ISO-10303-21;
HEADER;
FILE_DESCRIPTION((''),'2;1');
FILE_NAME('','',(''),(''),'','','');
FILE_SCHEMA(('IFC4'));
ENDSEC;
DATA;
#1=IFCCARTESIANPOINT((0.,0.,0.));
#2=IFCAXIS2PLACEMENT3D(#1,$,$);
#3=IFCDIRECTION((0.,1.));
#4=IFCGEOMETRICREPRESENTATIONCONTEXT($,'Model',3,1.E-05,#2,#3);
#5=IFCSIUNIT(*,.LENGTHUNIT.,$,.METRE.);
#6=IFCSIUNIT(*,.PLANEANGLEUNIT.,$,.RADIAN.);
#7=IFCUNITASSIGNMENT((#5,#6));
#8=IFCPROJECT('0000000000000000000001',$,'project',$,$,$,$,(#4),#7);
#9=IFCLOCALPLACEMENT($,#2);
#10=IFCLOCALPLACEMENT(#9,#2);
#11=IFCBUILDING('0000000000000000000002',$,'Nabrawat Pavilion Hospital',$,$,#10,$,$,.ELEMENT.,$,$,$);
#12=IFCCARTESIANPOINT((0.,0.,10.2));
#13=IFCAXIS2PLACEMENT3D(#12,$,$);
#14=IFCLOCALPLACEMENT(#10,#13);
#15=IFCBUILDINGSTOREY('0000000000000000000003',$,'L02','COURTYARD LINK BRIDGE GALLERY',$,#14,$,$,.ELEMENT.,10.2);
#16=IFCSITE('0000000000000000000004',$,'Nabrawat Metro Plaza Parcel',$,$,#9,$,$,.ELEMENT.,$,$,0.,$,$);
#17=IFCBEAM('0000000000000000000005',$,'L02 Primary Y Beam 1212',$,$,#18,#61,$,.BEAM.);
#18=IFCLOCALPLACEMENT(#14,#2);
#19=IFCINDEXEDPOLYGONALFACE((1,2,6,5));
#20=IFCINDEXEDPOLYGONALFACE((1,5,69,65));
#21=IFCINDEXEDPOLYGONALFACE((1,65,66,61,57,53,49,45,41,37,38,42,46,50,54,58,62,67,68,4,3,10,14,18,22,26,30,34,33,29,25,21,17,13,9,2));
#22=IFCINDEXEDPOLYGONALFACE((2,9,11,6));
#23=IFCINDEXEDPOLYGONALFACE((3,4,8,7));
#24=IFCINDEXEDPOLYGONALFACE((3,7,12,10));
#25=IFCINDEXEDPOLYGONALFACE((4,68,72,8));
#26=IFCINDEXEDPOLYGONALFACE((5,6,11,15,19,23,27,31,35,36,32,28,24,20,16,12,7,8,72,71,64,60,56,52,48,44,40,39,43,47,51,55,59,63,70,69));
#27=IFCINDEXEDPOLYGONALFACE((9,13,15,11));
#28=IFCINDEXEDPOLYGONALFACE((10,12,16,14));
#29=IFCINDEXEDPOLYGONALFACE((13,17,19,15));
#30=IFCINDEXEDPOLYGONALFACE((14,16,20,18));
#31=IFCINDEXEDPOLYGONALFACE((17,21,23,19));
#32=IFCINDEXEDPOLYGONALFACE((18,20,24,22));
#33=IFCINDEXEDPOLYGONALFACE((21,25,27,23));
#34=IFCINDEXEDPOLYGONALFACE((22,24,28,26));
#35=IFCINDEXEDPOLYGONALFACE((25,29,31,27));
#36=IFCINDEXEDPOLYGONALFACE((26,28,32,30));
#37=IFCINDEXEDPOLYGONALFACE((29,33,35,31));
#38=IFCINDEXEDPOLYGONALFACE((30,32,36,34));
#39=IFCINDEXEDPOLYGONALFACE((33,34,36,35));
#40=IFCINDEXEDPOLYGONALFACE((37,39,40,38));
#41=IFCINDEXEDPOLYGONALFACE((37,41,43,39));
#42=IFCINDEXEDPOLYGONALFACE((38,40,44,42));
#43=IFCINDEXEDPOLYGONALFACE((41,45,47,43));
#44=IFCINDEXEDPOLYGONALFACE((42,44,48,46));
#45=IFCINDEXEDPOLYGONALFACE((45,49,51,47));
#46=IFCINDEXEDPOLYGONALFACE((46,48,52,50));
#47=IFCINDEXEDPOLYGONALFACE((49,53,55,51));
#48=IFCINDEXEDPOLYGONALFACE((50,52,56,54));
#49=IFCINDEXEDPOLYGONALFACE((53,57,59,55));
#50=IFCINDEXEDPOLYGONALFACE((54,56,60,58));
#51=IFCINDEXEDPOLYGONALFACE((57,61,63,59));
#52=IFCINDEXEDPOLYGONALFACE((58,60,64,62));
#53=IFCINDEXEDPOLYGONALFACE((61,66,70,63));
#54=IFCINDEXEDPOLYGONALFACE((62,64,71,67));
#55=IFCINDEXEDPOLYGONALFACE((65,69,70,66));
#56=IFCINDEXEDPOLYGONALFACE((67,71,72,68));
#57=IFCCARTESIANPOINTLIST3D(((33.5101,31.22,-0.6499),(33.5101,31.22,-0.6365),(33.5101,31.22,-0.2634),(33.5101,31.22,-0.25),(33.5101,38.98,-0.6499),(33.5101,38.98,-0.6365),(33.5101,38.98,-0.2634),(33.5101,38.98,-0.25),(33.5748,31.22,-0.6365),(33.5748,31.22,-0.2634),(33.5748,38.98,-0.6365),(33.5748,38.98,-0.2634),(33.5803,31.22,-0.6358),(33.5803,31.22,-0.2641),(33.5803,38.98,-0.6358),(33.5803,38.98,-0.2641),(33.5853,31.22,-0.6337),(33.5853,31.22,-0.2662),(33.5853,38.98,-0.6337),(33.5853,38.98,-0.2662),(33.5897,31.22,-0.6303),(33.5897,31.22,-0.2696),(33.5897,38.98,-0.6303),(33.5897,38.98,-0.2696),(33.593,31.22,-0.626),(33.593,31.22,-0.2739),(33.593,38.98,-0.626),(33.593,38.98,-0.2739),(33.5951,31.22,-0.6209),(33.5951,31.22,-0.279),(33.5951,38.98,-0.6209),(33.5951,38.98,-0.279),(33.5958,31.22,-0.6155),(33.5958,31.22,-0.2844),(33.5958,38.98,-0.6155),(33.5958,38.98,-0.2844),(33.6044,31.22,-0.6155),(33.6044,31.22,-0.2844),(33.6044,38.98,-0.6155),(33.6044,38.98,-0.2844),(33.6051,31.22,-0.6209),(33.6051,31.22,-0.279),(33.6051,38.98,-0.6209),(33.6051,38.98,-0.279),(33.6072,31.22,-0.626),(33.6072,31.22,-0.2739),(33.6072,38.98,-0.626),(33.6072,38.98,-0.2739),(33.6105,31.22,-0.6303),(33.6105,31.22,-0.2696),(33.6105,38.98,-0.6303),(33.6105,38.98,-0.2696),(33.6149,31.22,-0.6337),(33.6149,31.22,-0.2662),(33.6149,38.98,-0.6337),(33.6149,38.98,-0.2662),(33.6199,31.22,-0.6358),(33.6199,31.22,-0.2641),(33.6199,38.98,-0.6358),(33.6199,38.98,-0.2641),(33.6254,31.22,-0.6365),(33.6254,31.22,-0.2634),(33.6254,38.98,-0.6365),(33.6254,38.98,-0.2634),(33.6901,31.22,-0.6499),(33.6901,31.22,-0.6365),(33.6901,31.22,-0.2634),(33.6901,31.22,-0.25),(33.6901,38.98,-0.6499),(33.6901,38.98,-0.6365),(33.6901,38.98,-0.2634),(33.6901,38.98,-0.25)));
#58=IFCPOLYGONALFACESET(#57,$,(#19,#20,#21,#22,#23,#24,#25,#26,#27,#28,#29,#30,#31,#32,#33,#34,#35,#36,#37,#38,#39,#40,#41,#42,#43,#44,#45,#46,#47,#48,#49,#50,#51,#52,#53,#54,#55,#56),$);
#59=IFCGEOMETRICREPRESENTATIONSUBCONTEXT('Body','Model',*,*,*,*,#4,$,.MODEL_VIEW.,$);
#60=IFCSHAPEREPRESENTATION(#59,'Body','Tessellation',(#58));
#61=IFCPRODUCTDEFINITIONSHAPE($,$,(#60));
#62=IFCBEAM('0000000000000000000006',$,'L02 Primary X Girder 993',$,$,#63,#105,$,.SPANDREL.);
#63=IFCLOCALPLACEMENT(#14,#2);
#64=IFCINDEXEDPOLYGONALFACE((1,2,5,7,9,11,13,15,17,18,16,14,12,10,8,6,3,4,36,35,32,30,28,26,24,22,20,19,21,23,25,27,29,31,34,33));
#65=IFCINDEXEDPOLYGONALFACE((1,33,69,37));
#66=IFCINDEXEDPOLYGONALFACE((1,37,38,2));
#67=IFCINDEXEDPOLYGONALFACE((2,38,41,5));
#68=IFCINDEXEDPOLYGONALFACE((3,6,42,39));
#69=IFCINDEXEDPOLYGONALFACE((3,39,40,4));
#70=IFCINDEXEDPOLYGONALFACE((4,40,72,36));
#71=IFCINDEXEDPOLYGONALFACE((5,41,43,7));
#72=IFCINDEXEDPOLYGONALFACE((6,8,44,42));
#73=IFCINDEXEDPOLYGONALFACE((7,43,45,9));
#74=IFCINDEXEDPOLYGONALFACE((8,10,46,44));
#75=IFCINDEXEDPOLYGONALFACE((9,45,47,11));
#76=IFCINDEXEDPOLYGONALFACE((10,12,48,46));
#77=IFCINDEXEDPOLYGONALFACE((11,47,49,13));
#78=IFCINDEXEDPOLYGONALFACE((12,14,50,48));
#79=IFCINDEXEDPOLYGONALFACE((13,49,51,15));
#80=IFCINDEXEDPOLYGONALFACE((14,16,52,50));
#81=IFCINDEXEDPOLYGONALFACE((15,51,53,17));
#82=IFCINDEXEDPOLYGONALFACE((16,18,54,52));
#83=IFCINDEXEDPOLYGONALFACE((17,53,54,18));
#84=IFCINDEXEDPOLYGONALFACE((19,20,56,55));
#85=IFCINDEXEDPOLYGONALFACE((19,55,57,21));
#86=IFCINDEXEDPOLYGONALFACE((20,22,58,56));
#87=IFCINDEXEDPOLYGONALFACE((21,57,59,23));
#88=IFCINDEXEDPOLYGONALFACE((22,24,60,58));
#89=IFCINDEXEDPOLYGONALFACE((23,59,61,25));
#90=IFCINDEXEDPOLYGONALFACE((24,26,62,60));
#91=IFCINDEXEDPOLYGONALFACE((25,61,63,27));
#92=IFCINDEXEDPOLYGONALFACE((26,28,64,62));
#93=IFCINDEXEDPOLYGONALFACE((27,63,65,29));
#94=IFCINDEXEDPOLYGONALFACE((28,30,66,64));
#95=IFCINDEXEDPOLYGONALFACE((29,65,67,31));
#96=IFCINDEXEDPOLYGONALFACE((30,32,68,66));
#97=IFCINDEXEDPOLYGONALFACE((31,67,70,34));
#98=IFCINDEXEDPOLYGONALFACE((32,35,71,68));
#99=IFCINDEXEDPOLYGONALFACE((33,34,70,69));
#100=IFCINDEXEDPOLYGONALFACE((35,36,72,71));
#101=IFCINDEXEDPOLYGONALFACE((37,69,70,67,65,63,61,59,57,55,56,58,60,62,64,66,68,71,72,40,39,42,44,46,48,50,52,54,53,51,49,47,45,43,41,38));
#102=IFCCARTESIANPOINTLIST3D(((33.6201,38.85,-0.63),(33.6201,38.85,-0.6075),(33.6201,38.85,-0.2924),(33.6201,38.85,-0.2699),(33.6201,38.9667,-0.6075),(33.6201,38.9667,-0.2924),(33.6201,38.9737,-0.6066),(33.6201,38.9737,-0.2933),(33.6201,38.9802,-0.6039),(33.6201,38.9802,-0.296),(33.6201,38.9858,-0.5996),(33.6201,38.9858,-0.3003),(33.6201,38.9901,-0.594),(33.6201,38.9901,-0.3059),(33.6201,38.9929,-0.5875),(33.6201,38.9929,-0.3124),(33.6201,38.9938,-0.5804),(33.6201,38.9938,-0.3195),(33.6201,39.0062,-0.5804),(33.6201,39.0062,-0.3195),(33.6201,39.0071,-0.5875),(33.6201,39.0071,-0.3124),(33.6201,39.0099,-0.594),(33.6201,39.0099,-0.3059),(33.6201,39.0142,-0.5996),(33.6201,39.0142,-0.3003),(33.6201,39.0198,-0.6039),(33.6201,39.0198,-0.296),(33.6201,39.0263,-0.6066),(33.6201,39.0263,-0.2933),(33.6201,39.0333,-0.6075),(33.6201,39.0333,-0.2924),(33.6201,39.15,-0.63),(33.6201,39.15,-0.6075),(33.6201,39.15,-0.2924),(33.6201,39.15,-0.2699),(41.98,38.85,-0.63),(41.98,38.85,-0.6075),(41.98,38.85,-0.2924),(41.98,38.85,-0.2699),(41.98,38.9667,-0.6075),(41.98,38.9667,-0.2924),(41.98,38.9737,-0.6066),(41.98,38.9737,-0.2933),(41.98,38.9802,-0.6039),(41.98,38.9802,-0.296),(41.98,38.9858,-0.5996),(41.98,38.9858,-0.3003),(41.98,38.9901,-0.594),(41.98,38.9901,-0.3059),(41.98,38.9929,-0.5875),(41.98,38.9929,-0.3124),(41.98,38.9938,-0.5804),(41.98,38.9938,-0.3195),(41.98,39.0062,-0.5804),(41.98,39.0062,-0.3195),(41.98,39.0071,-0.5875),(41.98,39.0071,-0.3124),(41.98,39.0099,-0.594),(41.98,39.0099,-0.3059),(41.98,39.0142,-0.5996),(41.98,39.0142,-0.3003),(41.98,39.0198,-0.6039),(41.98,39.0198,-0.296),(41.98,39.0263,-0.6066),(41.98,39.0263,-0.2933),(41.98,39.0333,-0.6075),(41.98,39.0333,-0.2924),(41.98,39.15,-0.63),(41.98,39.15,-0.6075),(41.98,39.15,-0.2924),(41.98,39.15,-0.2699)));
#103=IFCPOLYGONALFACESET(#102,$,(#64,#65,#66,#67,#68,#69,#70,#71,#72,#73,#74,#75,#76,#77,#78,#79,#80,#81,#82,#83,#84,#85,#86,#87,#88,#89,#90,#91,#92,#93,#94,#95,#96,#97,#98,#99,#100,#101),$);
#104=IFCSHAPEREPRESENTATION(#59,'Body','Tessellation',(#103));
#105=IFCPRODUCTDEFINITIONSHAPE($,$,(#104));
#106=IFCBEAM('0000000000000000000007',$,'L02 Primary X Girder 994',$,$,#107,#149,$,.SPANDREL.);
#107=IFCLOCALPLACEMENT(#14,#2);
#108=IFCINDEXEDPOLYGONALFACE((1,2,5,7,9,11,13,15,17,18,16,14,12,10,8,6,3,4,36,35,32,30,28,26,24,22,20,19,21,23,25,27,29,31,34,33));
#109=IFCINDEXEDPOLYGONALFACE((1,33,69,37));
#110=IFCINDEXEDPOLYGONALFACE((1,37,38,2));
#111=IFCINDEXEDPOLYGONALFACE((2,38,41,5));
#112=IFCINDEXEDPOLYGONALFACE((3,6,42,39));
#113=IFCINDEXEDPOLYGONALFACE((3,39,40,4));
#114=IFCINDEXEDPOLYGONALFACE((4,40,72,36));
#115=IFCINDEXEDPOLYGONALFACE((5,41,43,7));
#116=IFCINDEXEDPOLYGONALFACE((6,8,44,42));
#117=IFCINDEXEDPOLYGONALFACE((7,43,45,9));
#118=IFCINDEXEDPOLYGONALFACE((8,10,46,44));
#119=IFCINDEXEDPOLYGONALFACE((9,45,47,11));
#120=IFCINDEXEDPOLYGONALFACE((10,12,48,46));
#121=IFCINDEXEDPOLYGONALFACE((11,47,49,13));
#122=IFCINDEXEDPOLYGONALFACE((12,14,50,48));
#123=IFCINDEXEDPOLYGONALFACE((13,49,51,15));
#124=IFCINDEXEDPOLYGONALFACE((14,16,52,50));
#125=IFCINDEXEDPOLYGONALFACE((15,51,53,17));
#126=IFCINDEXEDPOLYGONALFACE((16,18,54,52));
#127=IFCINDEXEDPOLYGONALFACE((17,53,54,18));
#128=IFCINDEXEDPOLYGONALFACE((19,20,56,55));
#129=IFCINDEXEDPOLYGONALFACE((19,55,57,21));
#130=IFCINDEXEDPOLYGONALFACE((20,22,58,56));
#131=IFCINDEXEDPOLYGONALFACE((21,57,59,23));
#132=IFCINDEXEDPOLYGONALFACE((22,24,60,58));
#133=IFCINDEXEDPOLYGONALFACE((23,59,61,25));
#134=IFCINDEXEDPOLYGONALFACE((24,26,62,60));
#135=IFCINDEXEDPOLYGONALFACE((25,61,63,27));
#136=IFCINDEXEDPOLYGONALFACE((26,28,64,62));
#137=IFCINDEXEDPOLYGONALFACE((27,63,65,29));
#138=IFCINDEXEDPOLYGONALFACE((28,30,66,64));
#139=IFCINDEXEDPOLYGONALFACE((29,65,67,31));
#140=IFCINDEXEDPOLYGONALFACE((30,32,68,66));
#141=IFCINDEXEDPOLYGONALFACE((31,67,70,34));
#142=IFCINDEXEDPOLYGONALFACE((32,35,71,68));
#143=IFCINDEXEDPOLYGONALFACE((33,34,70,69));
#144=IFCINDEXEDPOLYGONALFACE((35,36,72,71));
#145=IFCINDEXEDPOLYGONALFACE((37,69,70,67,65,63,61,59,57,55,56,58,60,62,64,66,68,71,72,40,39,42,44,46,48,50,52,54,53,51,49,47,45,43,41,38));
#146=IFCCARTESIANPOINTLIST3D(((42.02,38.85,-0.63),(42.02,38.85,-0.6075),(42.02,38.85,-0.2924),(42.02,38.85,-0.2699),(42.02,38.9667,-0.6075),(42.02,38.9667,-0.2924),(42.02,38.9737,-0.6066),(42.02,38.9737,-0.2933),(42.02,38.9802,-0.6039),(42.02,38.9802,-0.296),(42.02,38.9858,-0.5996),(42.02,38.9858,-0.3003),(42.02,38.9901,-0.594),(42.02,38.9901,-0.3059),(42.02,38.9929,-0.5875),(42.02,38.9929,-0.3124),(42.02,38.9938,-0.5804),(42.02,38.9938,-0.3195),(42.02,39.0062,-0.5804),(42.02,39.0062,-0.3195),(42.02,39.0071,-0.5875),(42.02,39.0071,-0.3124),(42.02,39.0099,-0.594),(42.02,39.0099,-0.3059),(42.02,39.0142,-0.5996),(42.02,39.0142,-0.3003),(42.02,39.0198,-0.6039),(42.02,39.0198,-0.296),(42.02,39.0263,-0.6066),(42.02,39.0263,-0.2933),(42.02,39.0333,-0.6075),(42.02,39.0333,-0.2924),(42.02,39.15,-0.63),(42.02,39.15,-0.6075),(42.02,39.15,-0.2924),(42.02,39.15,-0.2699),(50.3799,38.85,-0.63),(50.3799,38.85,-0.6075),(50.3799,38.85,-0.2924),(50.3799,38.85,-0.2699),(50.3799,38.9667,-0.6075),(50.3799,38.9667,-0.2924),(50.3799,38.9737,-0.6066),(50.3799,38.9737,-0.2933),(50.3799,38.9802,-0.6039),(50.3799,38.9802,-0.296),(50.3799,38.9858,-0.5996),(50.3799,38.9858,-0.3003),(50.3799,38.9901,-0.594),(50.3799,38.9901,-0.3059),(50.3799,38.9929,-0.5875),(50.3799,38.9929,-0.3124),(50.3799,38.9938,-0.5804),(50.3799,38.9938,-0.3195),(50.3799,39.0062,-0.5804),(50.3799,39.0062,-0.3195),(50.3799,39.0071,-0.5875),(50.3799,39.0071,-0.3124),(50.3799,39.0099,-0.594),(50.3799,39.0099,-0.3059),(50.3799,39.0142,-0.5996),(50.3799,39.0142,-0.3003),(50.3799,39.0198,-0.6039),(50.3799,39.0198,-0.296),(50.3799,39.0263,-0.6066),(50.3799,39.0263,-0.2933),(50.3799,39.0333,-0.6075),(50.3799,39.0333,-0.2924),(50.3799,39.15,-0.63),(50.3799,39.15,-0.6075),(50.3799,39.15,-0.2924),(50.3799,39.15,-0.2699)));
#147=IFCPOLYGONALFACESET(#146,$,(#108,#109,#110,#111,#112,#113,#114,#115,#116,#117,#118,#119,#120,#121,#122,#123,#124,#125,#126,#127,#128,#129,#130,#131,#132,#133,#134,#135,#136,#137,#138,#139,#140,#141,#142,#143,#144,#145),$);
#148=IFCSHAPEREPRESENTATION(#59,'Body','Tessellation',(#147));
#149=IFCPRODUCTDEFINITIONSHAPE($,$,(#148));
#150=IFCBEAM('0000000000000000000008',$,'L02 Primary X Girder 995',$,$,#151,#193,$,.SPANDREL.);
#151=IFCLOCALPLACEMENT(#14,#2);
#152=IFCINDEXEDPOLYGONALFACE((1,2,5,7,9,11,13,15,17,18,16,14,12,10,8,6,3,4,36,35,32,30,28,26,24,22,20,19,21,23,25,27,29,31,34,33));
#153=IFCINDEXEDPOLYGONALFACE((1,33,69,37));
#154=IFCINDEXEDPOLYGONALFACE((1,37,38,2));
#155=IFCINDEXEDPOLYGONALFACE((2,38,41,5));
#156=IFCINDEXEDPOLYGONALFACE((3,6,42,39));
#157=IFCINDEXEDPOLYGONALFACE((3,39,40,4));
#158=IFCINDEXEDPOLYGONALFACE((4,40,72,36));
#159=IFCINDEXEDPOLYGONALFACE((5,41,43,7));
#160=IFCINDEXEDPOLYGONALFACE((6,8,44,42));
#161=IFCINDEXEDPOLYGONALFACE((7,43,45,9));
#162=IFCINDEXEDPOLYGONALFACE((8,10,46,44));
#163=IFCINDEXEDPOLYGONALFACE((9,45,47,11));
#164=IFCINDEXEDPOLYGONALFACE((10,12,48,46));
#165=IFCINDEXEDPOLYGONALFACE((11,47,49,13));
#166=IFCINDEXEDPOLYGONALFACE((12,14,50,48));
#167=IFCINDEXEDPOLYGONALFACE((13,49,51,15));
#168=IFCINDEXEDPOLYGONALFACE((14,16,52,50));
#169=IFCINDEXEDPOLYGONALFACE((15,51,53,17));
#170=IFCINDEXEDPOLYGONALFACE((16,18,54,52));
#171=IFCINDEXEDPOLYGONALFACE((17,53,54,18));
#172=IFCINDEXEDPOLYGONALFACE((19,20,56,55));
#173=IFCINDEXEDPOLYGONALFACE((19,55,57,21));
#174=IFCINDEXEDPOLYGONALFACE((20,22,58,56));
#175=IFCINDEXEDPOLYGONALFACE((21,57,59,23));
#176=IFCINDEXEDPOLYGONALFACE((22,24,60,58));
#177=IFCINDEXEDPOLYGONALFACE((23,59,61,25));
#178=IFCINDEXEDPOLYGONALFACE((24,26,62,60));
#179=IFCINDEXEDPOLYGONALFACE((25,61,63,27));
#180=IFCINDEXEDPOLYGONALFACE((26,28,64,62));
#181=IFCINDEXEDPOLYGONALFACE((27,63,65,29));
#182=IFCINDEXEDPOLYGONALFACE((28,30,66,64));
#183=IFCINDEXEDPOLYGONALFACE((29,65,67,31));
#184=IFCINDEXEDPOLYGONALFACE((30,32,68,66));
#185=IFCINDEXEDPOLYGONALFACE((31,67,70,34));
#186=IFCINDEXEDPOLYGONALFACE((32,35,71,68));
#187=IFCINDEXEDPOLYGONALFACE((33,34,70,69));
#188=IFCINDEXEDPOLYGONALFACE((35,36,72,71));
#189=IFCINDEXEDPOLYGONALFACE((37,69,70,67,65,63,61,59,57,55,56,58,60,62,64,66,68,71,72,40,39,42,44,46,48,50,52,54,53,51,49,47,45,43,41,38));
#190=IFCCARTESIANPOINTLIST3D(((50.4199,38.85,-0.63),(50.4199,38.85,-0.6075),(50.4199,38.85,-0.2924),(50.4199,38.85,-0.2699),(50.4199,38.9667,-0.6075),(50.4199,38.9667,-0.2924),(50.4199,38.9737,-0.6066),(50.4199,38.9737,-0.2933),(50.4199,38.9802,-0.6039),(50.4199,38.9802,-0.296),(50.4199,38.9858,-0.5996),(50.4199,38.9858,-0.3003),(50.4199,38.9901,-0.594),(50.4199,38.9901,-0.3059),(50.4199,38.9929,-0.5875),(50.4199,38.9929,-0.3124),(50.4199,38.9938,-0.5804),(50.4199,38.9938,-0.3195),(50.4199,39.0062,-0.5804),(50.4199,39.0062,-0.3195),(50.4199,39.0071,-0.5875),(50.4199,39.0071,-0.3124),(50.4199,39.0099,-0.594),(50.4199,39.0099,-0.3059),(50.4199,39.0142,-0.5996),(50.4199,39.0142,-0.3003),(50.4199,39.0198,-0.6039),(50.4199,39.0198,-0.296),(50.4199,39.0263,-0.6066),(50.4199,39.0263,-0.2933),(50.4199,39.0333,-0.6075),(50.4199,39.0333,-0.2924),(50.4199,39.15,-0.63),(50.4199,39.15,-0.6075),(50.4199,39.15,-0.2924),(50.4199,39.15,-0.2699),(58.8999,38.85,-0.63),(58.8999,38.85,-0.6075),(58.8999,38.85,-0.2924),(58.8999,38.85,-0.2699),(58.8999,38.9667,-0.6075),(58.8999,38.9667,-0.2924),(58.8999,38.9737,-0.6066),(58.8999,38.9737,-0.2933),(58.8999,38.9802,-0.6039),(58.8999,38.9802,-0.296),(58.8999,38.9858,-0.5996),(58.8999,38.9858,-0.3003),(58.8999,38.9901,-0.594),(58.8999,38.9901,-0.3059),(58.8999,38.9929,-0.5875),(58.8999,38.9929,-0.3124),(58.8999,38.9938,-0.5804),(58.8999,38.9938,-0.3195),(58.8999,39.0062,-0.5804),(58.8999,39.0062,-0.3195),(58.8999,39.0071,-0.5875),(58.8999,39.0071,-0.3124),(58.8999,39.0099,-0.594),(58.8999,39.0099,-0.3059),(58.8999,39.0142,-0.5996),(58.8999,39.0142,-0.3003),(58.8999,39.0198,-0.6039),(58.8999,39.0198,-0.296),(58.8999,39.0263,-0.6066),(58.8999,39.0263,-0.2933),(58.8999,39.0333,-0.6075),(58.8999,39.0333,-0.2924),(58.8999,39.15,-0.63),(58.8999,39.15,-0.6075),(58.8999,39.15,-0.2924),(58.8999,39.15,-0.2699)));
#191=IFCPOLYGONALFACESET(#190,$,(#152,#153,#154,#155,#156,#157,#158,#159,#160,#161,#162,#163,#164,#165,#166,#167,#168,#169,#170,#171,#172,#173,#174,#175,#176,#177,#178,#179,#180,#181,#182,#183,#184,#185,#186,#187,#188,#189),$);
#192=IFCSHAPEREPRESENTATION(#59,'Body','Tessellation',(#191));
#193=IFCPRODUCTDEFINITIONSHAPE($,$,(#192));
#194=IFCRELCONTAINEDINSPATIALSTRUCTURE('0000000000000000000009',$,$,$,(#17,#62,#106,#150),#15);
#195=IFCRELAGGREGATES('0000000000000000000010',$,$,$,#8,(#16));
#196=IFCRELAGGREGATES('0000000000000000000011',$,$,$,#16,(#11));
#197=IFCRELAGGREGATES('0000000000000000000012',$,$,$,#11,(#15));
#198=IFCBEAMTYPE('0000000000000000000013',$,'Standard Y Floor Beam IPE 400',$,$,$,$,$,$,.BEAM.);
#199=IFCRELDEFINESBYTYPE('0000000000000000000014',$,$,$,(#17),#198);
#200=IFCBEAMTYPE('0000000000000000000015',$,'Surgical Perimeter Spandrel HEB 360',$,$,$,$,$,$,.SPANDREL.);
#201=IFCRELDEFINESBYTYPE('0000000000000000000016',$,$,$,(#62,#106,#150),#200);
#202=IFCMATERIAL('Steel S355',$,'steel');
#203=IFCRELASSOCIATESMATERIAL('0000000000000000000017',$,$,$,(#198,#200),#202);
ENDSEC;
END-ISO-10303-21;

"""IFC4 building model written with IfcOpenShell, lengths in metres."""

from ifc_helpers import new_model, si_unit, direction, frame, origin, origin_2d, place, context, subcontext, project, spatial, i_section, extrude, material, material_profile, profile_set, type_object, element, save


model = new_model("IFC4")

# Units and contexts
model_context = context("Model", 3, precision=1e-05, world=origin(), true_north=direction((0.0, 1.0)))
body_context = subcontext(model_context, "Body", "Model", "MODEL_VIEW")
ifc_project = project(units=[si_unit("LENGTHUNIT", "METRE"), si_unit("PLANEANGLEUNIT", "RADIAN")], contexts=[model_context])

# Site, building, storey
site_placement = place(None, origin())
site = spatial("IfcSite", under=ifc_project, at=site_placement, Name="Nabrawat Metro Plaza Parcel", CompositionType="ELEMENT", RefElevation=0.0)
building_placement = place(site_placement, origin())
building = spatial("IfcBuilding", under=site, at=building_placement, Name="Nabrawat Pavilion Hospital", CompositionType="ELEMENT")
storey_placement = place(building_placement, frame((0.0, 0.0, 10.2)))
storey = spatial("IfcBuildingStorey", under=building, at=storey_placement, Name="L02", Description="COURTYARD LINK BRIDGE GALLERY", CompositionType="ELEMENT", Elevation=10.2)

# Shared definitions
ifc_material_1 = material(Name="Steel S355", Category="steel")

# Beams
ifc_material_profile_1 = material_profile(ifc_material_1, i_section(OverallWidth=0.1799, OverallDepth=0.3999, WebThickness=0.0085, FlangeThickness=0.0134, FilletRadius=0.021, at=origin_2d()), Name="IPE 400")
ifc_profile_set_1 = profile_set([ifc_material_profile_1], Name="Steel S355")
beam_type_1 = type_object("IfcBeamType", Name="Standard Y Floor Beam IPE 400", PredefinedType="BEAM", material=ifc_profile_set_1)
for number, where, z_axis, x_axis, name in (
    (1, (33.6001, 31.22, -0.45), (0.0, 1.0, 0.0), (-1.0, 0.0, 0.0), "L02 Primary Y Beam 1212"),
):
    element("IfcBeam", number, at=place(storey_placement, frame(where, z_axis=z_axis, x_axis=x_axis)), inside=storey, type_object=beam_type_1, Name=name, PredefinedType="BEAM", context=body_context, shape_type="SweptSolid", body=[
        extrude(i_section(OverallWidth=0.1799, OverallDepth=0.3999, WebThickness=0.0085, FlangeThickness=0.0134, FilletRadius=0.021, at=origin_2d()), origin(), (0.0, 0.0, 1.0), 7.76),
    ])
ifc_material_profile_2 = material_profile(ifc_material_1, i_section(OverallWidth=0.3, OverallDepth=0.3601, WebThickness=0.0125, FlangeThickness=0.0225, FilletRadius=0.0271, at=origin_2d()), Name="HEB 360")
ifc_profile_set_2 = profile_set([ifc_material_profile_2], Name="Steel S355")
beam_type_2 = type_object("IfcBeamType", Name="Surgical Perimeter Spandrel HEB 360", PredefinedType="SPANDREL", material=ifc_profile_set_2)
for number, where, z_axis, x_axis, name in (
    (2, (33.6201, 39.0, -0.45), (1.0, 0.0, 0.0), (0.0, 1.0, 0.0), "L02 Primary X Girder 993"),
    (3, (42.02, 39.0, -0.45), (1.0, 0.0, 0.0), (0.0, 1.0, 0.0), "L02 Primary X Girder 994"),
):
    element("IfcBeam", number, at=place(storey_placement, frame(where, z_axis=z_axis, x_axis=x_axis)), inside=storey, type_object=beam_type_2, Name=name, PredefinedType="SPANDREL", context=body_context, shape_type="SweptSolid", body=[
        extrude(i_section(OverallWidth=0.3, OverallDepth=0.3601, WebThickness=0.0125, FlangeThickness=0.0225, FilletRadius=0.0271, at=origin_2d()), origin(), (0.0, 0.0, 1.0), 8.3599),
    ])
beam_1_placement = place(storey_placement, frame((50.4199, 39.0, -0.45), z_axis=(1.0, 0.0, 0.0), x_axis=(0.0, 1.0, 0.0)))
element("IfcBeam", 4, at=beam_1_placement, inside=storey, type_object=beam_type_2, Name="L02 Primary X Girder 995", PredefinedType="SPANDREL", context=body_context, shape_type="SweptSolid", body=[
    extrude(i_section(OverallWidth=0.3, OverallDepth=0.3601, WebThickness=0.0125, FlangeThickness=0.0225, FilletRadius=0.0271, at=origin_2d()), origin(), (0.0, 0.0, 1.0), 8.48),
])

save(model, "model.ifc")
